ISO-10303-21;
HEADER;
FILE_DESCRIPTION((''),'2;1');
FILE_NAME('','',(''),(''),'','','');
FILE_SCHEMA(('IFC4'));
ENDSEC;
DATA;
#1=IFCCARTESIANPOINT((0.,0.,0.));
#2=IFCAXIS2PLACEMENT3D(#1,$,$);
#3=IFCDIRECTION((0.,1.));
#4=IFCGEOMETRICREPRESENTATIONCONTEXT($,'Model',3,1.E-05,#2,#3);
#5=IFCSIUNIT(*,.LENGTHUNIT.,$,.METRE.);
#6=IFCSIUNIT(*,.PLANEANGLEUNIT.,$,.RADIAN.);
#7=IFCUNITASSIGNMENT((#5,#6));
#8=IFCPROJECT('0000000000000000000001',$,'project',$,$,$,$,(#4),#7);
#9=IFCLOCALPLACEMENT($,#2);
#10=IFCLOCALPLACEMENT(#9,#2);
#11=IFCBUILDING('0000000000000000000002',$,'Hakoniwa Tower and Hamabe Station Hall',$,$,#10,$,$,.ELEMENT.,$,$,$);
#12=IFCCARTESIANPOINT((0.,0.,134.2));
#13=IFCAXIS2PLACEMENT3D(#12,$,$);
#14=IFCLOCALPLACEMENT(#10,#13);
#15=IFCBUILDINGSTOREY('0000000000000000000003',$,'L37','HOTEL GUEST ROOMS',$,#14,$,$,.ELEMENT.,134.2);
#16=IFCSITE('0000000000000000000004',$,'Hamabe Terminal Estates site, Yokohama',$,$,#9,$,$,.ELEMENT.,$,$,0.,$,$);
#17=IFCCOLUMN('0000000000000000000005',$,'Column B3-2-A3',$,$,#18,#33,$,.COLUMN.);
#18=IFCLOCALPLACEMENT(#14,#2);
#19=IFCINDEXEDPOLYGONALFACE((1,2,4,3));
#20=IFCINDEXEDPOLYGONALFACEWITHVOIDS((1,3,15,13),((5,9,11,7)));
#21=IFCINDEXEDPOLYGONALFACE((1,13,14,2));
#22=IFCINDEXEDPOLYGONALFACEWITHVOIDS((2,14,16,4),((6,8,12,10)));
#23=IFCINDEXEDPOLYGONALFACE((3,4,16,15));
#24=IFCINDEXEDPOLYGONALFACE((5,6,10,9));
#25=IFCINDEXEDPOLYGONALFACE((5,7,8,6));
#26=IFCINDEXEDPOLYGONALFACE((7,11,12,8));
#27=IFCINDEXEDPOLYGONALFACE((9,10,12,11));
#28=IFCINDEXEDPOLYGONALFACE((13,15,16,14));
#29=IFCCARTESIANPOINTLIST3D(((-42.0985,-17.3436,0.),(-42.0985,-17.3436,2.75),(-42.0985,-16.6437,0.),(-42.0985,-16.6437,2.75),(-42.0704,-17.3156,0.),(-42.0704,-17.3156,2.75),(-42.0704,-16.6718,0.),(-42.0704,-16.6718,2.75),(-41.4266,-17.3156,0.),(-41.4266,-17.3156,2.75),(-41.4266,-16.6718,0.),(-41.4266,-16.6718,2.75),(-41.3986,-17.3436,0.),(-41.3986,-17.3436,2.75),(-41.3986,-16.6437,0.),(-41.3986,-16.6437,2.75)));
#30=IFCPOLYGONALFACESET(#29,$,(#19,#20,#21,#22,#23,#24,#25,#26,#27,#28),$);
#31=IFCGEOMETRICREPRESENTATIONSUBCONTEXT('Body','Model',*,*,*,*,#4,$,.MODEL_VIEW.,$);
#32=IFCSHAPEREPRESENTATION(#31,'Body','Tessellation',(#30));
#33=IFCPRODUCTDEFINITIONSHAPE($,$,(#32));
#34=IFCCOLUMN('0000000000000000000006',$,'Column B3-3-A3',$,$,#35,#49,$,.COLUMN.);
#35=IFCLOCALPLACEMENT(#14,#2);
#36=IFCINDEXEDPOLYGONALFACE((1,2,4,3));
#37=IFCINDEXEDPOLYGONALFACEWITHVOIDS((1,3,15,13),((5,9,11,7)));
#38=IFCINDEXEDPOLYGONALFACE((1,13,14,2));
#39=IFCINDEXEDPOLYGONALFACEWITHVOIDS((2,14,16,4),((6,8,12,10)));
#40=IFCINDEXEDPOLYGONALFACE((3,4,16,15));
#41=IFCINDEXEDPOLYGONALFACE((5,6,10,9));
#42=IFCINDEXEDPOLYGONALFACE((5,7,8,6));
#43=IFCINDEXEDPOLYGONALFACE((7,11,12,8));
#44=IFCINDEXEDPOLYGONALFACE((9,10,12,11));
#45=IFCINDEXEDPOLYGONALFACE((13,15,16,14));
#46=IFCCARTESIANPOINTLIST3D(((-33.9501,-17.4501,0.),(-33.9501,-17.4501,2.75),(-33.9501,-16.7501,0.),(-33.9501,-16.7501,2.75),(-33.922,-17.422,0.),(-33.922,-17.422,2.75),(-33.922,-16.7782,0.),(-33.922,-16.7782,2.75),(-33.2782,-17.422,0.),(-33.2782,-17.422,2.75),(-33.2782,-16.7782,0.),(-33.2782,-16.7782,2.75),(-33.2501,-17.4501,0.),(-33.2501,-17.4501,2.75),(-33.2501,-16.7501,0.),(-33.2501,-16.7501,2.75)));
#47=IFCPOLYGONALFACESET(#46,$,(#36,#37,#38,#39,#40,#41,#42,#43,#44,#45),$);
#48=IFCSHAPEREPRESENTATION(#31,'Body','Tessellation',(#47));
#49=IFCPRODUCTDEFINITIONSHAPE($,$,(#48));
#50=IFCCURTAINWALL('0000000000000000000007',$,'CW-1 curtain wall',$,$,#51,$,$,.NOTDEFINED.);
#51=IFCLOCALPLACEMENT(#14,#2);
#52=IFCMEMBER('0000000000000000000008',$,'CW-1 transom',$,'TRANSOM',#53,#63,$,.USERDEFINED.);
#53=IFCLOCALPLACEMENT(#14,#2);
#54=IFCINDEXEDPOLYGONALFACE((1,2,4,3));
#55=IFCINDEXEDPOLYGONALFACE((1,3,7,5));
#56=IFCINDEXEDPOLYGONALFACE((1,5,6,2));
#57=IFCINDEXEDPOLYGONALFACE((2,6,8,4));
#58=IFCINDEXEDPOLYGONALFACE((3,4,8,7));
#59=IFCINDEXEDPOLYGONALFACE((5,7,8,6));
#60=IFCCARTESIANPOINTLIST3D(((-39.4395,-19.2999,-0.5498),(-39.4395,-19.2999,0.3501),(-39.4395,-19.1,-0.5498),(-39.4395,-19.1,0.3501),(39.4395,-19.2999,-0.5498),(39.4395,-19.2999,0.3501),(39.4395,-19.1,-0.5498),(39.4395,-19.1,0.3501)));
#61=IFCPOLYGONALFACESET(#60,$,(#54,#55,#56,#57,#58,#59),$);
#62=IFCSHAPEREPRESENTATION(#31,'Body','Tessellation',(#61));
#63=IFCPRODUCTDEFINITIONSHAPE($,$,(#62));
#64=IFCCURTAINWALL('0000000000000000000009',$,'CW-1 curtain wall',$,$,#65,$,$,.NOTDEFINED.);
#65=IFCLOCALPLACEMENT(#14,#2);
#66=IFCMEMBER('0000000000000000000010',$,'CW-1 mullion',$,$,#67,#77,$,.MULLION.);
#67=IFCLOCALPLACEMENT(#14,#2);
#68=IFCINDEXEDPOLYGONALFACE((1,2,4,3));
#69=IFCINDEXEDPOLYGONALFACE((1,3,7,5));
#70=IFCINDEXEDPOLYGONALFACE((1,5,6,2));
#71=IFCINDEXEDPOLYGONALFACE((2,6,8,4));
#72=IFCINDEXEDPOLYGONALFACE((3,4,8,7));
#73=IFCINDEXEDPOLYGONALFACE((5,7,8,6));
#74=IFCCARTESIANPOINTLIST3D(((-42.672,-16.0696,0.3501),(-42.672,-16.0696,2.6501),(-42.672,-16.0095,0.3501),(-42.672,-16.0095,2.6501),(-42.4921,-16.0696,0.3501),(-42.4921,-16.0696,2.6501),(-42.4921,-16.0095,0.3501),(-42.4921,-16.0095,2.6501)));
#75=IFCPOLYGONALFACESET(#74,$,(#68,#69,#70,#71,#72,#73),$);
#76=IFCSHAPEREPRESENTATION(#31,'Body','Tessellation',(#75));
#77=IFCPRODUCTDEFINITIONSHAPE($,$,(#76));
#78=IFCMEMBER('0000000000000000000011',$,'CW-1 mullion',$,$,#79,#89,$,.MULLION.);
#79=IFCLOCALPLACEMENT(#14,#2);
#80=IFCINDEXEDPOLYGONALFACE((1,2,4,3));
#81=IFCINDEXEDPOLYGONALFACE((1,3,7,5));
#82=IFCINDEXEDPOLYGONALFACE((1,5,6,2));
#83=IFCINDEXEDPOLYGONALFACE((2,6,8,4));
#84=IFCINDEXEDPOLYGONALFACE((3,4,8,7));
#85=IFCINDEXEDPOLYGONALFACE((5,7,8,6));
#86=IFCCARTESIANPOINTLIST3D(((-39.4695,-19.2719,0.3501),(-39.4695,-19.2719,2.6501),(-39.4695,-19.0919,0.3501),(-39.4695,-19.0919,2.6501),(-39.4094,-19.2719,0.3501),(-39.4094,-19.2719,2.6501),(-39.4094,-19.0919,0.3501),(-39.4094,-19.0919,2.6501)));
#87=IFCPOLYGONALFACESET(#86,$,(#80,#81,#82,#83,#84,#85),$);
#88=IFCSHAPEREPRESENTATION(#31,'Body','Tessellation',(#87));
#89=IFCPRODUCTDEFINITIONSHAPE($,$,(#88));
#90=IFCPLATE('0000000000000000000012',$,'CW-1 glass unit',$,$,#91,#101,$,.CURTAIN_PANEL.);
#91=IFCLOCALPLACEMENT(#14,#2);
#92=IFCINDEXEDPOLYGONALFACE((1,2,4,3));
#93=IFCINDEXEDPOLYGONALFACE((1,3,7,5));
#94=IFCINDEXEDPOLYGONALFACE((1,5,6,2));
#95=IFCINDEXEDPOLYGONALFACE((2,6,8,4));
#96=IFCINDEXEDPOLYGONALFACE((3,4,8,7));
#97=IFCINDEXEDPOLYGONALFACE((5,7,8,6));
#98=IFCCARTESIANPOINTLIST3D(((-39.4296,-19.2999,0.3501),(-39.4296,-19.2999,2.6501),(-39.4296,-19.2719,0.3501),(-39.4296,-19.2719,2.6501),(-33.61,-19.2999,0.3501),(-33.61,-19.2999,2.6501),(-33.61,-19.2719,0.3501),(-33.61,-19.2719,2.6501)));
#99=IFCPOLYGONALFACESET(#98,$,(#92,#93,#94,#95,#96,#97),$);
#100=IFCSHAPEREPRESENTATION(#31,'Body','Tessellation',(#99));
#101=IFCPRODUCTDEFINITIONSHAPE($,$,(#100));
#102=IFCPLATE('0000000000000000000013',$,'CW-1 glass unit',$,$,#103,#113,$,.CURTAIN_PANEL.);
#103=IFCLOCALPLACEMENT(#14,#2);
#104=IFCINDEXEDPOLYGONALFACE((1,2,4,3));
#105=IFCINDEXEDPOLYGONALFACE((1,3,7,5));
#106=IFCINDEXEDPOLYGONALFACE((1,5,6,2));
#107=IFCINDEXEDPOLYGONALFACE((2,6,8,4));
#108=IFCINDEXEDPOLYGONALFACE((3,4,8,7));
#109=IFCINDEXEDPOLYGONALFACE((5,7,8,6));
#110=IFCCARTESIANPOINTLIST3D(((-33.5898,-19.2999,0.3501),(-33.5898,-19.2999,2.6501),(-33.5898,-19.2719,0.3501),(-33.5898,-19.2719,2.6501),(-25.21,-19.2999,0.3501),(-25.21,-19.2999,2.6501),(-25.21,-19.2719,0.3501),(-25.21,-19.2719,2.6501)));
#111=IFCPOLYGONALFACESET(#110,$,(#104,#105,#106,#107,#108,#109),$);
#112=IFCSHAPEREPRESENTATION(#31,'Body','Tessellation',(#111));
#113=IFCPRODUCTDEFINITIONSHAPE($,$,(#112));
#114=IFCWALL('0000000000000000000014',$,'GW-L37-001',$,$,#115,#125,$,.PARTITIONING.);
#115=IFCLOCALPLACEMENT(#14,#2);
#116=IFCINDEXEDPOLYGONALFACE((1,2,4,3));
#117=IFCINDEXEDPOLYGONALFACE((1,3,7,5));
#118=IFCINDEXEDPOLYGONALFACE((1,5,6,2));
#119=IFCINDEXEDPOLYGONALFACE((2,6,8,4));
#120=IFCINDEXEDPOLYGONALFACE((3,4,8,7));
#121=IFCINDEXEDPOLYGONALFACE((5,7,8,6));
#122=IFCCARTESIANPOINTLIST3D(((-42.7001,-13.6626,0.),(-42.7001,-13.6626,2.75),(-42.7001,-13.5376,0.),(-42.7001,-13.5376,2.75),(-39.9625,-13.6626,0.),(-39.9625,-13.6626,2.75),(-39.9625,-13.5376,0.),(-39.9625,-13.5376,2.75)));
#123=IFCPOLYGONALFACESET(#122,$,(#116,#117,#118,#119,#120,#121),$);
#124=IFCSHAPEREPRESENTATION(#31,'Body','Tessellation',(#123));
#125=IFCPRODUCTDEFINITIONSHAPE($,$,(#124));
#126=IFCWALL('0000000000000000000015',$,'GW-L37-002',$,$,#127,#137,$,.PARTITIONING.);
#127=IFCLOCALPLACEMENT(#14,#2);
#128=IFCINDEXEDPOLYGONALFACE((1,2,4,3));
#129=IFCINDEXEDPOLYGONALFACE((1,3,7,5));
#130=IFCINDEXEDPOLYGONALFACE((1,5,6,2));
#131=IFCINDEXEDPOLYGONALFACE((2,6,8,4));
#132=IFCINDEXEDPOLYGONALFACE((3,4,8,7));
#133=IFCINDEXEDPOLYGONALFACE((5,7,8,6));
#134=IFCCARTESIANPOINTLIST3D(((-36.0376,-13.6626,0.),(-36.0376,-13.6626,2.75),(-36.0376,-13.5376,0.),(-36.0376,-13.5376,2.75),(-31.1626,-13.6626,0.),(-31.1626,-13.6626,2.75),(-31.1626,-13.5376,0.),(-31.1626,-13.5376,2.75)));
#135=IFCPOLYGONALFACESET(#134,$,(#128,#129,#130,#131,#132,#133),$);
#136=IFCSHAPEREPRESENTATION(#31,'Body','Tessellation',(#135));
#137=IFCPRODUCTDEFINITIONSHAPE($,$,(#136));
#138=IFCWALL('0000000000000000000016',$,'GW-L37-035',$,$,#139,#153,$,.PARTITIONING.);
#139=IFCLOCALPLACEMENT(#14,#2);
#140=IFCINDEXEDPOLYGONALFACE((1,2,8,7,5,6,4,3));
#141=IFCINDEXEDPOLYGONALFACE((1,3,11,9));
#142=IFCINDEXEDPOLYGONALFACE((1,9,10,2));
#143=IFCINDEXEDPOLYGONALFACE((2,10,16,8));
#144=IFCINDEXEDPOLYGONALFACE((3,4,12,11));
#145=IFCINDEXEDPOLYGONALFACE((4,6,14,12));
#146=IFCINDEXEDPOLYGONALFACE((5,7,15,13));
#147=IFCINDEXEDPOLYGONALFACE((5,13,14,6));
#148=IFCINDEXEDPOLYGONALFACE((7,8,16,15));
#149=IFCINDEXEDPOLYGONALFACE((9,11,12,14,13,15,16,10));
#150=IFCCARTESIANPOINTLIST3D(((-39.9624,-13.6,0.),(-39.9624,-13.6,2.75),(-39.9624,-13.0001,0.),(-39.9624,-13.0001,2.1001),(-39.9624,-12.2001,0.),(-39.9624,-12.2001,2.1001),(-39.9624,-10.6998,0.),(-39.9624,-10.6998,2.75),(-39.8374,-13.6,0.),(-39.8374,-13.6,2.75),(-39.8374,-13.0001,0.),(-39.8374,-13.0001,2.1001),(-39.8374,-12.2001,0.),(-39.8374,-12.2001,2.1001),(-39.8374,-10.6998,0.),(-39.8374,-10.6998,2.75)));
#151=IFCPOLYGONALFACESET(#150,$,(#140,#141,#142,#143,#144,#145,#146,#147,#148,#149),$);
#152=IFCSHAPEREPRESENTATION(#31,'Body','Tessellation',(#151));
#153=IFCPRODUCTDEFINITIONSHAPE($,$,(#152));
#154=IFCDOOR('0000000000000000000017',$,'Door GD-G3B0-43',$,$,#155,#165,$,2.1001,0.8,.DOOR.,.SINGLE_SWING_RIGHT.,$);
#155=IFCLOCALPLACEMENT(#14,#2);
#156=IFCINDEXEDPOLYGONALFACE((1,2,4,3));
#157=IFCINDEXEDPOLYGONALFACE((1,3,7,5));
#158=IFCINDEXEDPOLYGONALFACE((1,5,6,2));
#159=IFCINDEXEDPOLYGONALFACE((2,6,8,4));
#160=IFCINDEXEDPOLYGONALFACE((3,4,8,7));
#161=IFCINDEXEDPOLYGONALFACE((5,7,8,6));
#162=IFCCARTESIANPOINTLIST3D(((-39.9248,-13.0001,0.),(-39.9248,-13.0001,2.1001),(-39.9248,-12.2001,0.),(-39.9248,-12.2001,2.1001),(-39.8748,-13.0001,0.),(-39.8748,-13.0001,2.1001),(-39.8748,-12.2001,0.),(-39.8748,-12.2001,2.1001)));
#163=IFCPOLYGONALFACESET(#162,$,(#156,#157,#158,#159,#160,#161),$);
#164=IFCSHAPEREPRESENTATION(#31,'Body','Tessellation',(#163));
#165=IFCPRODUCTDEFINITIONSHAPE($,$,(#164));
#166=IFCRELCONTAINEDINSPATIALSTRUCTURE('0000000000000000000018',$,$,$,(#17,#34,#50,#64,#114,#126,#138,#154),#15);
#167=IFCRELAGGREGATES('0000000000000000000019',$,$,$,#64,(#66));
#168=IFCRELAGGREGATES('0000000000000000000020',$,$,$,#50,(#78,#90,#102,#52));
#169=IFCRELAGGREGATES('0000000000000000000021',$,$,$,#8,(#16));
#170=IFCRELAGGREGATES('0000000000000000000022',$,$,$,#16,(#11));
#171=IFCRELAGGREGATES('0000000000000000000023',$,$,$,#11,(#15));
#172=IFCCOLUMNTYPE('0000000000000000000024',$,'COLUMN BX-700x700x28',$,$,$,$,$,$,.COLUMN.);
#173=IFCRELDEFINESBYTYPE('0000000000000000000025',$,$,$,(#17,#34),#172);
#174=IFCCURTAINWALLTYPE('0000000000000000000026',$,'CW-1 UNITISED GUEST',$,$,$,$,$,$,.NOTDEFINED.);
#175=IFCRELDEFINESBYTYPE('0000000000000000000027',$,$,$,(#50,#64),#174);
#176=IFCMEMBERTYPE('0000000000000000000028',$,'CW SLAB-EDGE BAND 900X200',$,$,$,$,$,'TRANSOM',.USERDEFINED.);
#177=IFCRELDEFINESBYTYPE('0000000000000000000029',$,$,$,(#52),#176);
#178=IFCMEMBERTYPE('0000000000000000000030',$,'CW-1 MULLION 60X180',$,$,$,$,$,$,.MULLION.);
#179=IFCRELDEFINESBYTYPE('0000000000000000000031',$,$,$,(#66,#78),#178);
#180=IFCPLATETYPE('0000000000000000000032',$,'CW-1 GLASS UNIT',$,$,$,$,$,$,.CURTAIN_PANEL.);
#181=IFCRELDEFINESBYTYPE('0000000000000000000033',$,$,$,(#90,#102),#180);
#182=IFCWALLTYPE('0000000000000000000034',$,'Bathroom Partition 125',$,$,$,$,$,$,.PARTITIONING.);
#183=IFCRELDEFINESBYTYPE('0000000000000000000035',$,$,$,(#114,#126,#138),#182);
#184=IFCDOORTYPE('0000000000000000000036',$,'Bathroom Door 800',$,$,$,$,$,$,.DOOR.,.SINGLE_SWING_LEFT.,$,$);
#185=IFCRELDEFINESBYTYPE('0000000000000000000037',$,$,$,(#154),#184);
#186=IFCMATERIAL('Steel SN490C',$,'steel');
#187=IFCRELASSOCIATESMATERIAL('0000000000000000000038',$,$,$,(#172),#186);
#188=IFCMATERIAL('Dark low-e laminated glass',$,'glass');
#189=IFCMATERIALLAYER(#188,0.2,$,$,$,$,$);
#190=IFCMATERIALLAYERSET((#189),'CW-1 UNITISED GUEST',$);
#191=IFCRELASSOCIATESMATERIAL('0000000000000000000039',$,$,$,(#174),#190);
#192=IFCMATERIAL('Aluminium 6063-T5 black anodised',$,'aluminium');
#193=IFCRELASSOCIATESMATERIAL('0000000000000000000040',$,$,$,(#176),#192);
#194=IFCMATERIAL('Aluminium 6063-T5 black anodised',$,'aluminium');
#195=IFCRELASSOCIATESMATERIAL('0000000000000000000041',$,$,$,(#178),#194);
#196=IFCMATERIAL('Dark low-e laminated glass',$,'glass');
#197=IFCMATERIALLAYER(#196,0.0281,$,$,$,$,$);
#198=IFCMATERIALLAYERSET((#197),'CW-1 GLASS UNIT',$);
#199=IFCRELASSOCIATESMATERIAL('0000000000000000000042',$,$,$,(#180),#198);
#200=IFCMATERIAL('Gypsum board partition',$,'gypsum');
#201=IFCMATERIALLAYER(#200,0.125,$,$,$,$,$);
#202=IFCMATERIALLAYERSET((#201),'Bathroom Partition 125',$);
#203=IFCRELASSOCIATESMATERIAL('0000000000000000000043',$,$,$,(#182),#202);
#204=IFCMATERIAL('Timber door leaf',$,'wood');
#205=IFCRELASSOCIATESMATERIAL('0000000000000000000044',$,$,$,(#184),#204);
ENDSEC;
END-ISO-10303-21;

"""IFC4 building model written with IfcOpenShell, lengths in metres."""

from ifc_helpers import new_model, si_unit, direction, frame, frame_2d, origin, origin_2d, place, context, subcontext, project, spatial, rectangle, hollow_rectangle, extrude, material, layer, layer_set, material_profile, profile_set, type_object, element, fill, aggregate, save


model = new_model("IFC4")

# Units and contexts
model_context = context("Model", 3, precision=1e-05, world=origin(), true_north=direction((0.0, 1.0)))
body_context = subcontext(model_context, "Body", "Model", "MODEL_VIEW")
ifc_project = project(units=[si_unit("LENGTHUNIT", "METRE"), si_unit("PLANEANGLEUNIT", "RADIAN")], contexts=[model_context])

# Site, building, storey
site_placement = place(None, origin())
site = spatial("IfcSite", under=ifc_project, at=site_placement, Name="Hamabe Terminal Estates site, Yokohama", CompositionType="ELEMENT", RefElevation=0.0)
building_placement = place(site_placement, origin())
building = spatial("IfcBuilding", under=site, at=building_placement, Name="Hakoniwa Tower and Hamabe Station Hall", CompositionType="ELEMENT")
storey_placement = place(building_placement, frame((0.0, 0.0, 134.2)))
storey = spatial("IfcBuildingStorey", under=building, at=storey_placement, Name="L37", Description="HOTEL GUEST ROOMS", CompositionType="ELEMENT", Elevation=134.2)

# Columns
ifc_material_1 = material(Name="Steel SN490C", Category="steel")
ifc_material_profile_1 = material_profile(ifc_material_1, hollow_rectangle(XDim=0.7, YDim=0.7, WallThickness=0.0281, at=origin_2d()), Name="BX-700x700x28")
ifc_profile_set_1 = profile_set([ifc_material_profile_1], Name="Steel SN490C")
column_type = type_object("IfcColumnType", Name="COLUMN BX-700x700x28", PredefinedType="COLUMN", material=ifc_profile_set_1)
for number, where, z_axis, x_axis, name in (
    (1, (-41.7485, -16.9937, 0.0), (0.0, 0.0, 1.0), (1.0, 0.0, 0.0), "Column B3-2-A3"),
    (2, (-33.6001, -17.1001, 0.0), (0.0, 0.0, 1.0), (1.0, 0.0, 0.0), "Column B3-3-A3"),
):
    element("IfcColumn", number, at=place(storey_placement, frame(where, z_axis=z_axis, x_axis=x_axis)), inside=storey, type_object=column_type, Name=name, PredefinedType="COLUMN", context=body_context, shape_type="SweptSolid", body=[
        extrude(hollow_rectangle(XDim=0.7, YDim=0.7, WallThickness=0.0281, at=origin_2d()), origin(), (0.0, 0.0, 1.0), 2.75),
    ])

# Curtain walls, members
ifc_material_2 = material(Name="Dark low-e laminated glass", Category="glass")
ifc_layer_1 = layer(ifc_material_2, 0.2)
ifc_layer_set_1 = layer_set([ifc_layer_1], Name="CW-1 UNITISED GUEST")
curtain_wall_type = type_object("IfcCurtainWallType", Name="CW-1 UNITISED GUEST", PredefinedType="NOTDEFINED", material=ifc_layer_set_1)
curtain_wall_1_placement = place(storey_placement, origin())
curtain_wall_1 = element("IfcCurtainWall", 3, at=curtain_wall_1_placement, inside=storey, type_object=curtain_wall_type, Name="CW-1 curtain wall", PredefinedType="NOTDEFINED")
ifc_material_3 = material(Name="Aluminium 6063-T5 black anodised", Category="aluminium")
ifc_material_profile_2 = material_profile(ifc_material_3, rectangle(XDim=0.2, YDim=0.8999, at=origin_2d()), Name="CW SLAB-EDGE BAND 900X200")
ifc_profile_set_2 = profile_set([ifc_material_profile_2], Name="Aluminium 6063-T5 black anodised")
member_type_1 = type_object("IfcMemberType", Name="CW SLAB-EDGE BAND 900X200", ElementType="TRANSOM", PredefinedType="USERDEFINED", material=ifc_profile_set_2)
member_1_placement = place(storey_placement, frame((-39.4395, -19.2, -0.0999), z_axis=(1.0, 0.0, 0.0), x_axis=(0.0, 1.0, 0.0)))
member_1 = element("IfcMember", 4, at=member_1_placement, type_object=member_type_1, Name="CW-1 transom", ObjectType="TRANSOM", PredefinedType="USERDEFINED", context=body_context, shape_type="SweptSolid", body=[
    extrude(rectangle(XDim=0.2, YDim=0.8999, at=origin_2d()), origin(), (0.0, 0.0, 1.0), 78.8789),
])
curtain_wall_2_placement = place(storey_placement, origin())
curtain_wall_2 = element("IfcCurtainWall", 5, at=curtain_wall_2_placement, inside=storey, type_object=curtain_wall_type, Name="CW-1 curtain wall", PredefinedType="NOTDEFINED")
ifc_material_4 = material(Name="Aluminium 6063-T5 black anodised", Category="aluminium")
ifc_material_profile_3 = material_profile(ifc_material_4, rectangle(XDim=0.0601, YDim=0.1799, at=origin_2d()), Name="CW-1 MULLION 60X180")
ifc_profile_set_3 = profile_set([ifc_material_profile_3], Name="Aluminium 6063-T5 black anodised")
member_type_2 = type_object("IfcMemberType", Name="CW-1 MULLION 60X180", PredefinedType="MULLION", material=ifc_profile_set_3)
member_2_placement = place(storey_placement, frame((-42.582, -16.0396, 0.3501), z_axis=(0.0, 0.0, 1.0), x_axis=(0.0, -1.0, 0.0)))
member_2 = element("IfcMember", 6, at=member_2_placement, type_object=member_type_2, Name="CW-1 mullion", PredefinedType="MULLION", context=body_context, shape_type="SweptSolid", body=[
    extrude(rectangle(XDim=0.0601, YDim=0.1799, at=origin_2d()), origin(), (0.0, 0.0, 1.0), 2.3),
])
aggregate(curtain_wall_2, [member_2])

# Member
member_3_placement = place(storey_placement, frame((-39.4395, -19.1819, 0.3501), z_axis=(0.0, 0.0, 1.0), x_axis=(1.0, 0.0, 0.0)))
member_3 = element("IfcMember", 7, at=member_3_placement, type_object=member_type_2, Name="CW-1 mullion", PredefinedType="MULLION", context=body_context, shape_type="SweptSolid", body=[
    extrude(rectangle(XDim=0.0601, YDim=0.1799, at=origin_2d()), origin(), (0.0, 0.0, 1.0), 2.3),
])

# Plates
ifc_material_5 = material(Name="Dark low-e laminated glass", Category="glass")
ifc_layer_2 = layer(ifc_material_5, 0.0281)
ifc_layer_set_2 = layer_set([ifc_layer_2], Name="CW-1 GLASS UNIT")
plate_type = type_object("IfcPlateType", Name="CW-1 GLASS UNIT", PredefinedType="CURTAIN_PANEL", material=ifc_layer_set_2)
plate_1_placement = place(storey_placement, frame((-36.5198, -19.2859, 0.3501), z_axis=(0.0, 0.0, 1.0), x_axis=(1.0, 0.0, 0.0)))
plate_1 = element("IfcPlate", 8, at=plate_1_placement, type_object=plate_type, Name="CW-1 glass unit", PredefinedType="CURTAIN_PANEL", context=body_context, shape_type="SweptSolid", body=[
    extrude(rectangle(XDim=5.8196, YDim=0.0281, at=origin_2d()), origin(), (0.0, 0.0, 1.0), 2.3),
])
plate_2_placement = place(storey_placement, frame((-29.3999, -19.2859, 0.3501), z_axis=(0.0, 0.0, 1.0), x_axis=(1.0, 0.0, 0.0)))
plate_2 = element("IfcPlate", 9, at=plate_2_placement, type_object=plate_type, Name="CW-1 glass unit", PredefinedType="CURTAIN_PANEL", context=body_context, shape_type="SweptSolid", body=[
    extrude(rectangle(XDim=8.3799, YDim=0.0281, at=origin_2d()), origin(), (0.0, 0.0, 1.0), 2.3),
])
aggregate(curtain_wall_1, [member_3, plate_1, plate_2, member_1])

# Walls
ifc_material_6 = material(Name="Gypsum board partition", Category="gypsum")
ifc_layer_3 = layer(ifc_material_6, 0.125)
ifc_layer_set_3 = layer_set([ifc_layer_3], Name="Bathroom Partition 125")
wall_type_1 = type_object("IfcWallType", Name="Bathroom Partition 125", PredefinedType="PARTITIONING", material=ifc_layer_set_3)
wall_1_placement = place(storey_placement, frame((-42.7, -13.6001, 0.0), z_axis=(0.0, 0.0, 1.0), x_axis=(1.0, 0.0, 0.0)))
element("IfcWall", 10, at=wall_1_placement, inside=storey, type_object=wall_type_1, Name="GW-L37-001", PredefinedType="PARTITIONING", context=body_context, shape_type="SweptSolid", body=[
    extrude(rectangle(XDim=2.7375, YDim=0.125, at=frame_2d((1.3687, 0.0))), origin(), (0.0, 0.0, 1.0), 2.75),
])
wall_2_placement = place(storey_placement, frame((-36.0376, -13.6001, 0.0), z_axis=(0.0, 0.0, 1.0), x_axis=(1.0, 0.0, 0.0)))
element("IfcWall", 11, at=wall_2_placement, inside=storey, type_object=wall_type_1, Name="GW-L37-002", PredefinedType="PARTITIONING", context=body_context, shape_type="SweptSolid", body=[
    extrude(rectangle(XDim=4.875, YDim=0.125, at=frame_2d((2.4375, 0.0))), origin(), (0.0, 0.0, 1.0), 2.75),
])

# Wall, opening, door
wall_3_placement = place(storey_placement, frame((-39.8999, -13.6001, 0.0), z_axis=(0.0, 0.0, 1.0), x_axis=(0.0, 1.0, 0.0)))
wall_3 = element("IfcWall", 12, at=wall_3_placement, inside=storey, type_object=wall_type_1, Name="GW-L37-035", PredefinedType="PARTITIONING", context=body_context, shape_type="SweptSolid", body=[
    extrude(rectangle(XDim=2.9001, YDim=0.125, at=frame_2d((1.4502, 0.0))), origin(), (0.0, 0.0, 1.0), 2.75),
])
opening_1_placement = place(wall_3_placement, frame((0.6001, 0.0, 0.0)))
opening_1 = element("IfcOpeningElement", 13, at=opening_1_placement, cuts=wall_3, PredefinedType="OPENING", context=body_context, shape_type="SweptSolid", body=[
    extrude(rectangle(XDim=0.8, YDim=2.1001, at=frame_2d((0.3999, 1.05))), frame((0.0, 0.0725, 0.0), z_axis=(0.0, -1.0, 0.0), x_axis=(1.0, 0.0, 0.0)), (0.0, 0.0, 1.0), 0.145),
])
ifc_material_7 = material(Name="Timber door leaf", Category="wood")
door_type = type_object("IfcDoorType", Name="Bathroom Door 800", OperationType="SINGLE_SWING_LEFT", PredefinedType="DOOR", material=ifc_material_7)
door_1_placement = place(opening_1_placement, origin())
door_1 = element("IfcDoor", 14, at=door_1_placement, inside=storey, type_object=door_type, Name="Door GD-G3B0-43", OperationType="SINGLE_SWING_RIGHT", OverallHeight=2.1001, OverallWidth=0.8, PredefinedType="DOOR", context=body_context, shape_type="SweptSolid", body=[
    extrude(rectangle(XDim=0.8, YDim=2.1001, at=frame_2d((0.3999, 1.05))), frame((0.0, 0.0249, 0.0), z_axis=(0.0, -1.0, 0.0), x_axis=(1.0, 0.0, 0.0)), (0.0, 0.0, 1.0), 0.05),
])
fill(opening_1, door_1)

save(model, "model.ifc")
